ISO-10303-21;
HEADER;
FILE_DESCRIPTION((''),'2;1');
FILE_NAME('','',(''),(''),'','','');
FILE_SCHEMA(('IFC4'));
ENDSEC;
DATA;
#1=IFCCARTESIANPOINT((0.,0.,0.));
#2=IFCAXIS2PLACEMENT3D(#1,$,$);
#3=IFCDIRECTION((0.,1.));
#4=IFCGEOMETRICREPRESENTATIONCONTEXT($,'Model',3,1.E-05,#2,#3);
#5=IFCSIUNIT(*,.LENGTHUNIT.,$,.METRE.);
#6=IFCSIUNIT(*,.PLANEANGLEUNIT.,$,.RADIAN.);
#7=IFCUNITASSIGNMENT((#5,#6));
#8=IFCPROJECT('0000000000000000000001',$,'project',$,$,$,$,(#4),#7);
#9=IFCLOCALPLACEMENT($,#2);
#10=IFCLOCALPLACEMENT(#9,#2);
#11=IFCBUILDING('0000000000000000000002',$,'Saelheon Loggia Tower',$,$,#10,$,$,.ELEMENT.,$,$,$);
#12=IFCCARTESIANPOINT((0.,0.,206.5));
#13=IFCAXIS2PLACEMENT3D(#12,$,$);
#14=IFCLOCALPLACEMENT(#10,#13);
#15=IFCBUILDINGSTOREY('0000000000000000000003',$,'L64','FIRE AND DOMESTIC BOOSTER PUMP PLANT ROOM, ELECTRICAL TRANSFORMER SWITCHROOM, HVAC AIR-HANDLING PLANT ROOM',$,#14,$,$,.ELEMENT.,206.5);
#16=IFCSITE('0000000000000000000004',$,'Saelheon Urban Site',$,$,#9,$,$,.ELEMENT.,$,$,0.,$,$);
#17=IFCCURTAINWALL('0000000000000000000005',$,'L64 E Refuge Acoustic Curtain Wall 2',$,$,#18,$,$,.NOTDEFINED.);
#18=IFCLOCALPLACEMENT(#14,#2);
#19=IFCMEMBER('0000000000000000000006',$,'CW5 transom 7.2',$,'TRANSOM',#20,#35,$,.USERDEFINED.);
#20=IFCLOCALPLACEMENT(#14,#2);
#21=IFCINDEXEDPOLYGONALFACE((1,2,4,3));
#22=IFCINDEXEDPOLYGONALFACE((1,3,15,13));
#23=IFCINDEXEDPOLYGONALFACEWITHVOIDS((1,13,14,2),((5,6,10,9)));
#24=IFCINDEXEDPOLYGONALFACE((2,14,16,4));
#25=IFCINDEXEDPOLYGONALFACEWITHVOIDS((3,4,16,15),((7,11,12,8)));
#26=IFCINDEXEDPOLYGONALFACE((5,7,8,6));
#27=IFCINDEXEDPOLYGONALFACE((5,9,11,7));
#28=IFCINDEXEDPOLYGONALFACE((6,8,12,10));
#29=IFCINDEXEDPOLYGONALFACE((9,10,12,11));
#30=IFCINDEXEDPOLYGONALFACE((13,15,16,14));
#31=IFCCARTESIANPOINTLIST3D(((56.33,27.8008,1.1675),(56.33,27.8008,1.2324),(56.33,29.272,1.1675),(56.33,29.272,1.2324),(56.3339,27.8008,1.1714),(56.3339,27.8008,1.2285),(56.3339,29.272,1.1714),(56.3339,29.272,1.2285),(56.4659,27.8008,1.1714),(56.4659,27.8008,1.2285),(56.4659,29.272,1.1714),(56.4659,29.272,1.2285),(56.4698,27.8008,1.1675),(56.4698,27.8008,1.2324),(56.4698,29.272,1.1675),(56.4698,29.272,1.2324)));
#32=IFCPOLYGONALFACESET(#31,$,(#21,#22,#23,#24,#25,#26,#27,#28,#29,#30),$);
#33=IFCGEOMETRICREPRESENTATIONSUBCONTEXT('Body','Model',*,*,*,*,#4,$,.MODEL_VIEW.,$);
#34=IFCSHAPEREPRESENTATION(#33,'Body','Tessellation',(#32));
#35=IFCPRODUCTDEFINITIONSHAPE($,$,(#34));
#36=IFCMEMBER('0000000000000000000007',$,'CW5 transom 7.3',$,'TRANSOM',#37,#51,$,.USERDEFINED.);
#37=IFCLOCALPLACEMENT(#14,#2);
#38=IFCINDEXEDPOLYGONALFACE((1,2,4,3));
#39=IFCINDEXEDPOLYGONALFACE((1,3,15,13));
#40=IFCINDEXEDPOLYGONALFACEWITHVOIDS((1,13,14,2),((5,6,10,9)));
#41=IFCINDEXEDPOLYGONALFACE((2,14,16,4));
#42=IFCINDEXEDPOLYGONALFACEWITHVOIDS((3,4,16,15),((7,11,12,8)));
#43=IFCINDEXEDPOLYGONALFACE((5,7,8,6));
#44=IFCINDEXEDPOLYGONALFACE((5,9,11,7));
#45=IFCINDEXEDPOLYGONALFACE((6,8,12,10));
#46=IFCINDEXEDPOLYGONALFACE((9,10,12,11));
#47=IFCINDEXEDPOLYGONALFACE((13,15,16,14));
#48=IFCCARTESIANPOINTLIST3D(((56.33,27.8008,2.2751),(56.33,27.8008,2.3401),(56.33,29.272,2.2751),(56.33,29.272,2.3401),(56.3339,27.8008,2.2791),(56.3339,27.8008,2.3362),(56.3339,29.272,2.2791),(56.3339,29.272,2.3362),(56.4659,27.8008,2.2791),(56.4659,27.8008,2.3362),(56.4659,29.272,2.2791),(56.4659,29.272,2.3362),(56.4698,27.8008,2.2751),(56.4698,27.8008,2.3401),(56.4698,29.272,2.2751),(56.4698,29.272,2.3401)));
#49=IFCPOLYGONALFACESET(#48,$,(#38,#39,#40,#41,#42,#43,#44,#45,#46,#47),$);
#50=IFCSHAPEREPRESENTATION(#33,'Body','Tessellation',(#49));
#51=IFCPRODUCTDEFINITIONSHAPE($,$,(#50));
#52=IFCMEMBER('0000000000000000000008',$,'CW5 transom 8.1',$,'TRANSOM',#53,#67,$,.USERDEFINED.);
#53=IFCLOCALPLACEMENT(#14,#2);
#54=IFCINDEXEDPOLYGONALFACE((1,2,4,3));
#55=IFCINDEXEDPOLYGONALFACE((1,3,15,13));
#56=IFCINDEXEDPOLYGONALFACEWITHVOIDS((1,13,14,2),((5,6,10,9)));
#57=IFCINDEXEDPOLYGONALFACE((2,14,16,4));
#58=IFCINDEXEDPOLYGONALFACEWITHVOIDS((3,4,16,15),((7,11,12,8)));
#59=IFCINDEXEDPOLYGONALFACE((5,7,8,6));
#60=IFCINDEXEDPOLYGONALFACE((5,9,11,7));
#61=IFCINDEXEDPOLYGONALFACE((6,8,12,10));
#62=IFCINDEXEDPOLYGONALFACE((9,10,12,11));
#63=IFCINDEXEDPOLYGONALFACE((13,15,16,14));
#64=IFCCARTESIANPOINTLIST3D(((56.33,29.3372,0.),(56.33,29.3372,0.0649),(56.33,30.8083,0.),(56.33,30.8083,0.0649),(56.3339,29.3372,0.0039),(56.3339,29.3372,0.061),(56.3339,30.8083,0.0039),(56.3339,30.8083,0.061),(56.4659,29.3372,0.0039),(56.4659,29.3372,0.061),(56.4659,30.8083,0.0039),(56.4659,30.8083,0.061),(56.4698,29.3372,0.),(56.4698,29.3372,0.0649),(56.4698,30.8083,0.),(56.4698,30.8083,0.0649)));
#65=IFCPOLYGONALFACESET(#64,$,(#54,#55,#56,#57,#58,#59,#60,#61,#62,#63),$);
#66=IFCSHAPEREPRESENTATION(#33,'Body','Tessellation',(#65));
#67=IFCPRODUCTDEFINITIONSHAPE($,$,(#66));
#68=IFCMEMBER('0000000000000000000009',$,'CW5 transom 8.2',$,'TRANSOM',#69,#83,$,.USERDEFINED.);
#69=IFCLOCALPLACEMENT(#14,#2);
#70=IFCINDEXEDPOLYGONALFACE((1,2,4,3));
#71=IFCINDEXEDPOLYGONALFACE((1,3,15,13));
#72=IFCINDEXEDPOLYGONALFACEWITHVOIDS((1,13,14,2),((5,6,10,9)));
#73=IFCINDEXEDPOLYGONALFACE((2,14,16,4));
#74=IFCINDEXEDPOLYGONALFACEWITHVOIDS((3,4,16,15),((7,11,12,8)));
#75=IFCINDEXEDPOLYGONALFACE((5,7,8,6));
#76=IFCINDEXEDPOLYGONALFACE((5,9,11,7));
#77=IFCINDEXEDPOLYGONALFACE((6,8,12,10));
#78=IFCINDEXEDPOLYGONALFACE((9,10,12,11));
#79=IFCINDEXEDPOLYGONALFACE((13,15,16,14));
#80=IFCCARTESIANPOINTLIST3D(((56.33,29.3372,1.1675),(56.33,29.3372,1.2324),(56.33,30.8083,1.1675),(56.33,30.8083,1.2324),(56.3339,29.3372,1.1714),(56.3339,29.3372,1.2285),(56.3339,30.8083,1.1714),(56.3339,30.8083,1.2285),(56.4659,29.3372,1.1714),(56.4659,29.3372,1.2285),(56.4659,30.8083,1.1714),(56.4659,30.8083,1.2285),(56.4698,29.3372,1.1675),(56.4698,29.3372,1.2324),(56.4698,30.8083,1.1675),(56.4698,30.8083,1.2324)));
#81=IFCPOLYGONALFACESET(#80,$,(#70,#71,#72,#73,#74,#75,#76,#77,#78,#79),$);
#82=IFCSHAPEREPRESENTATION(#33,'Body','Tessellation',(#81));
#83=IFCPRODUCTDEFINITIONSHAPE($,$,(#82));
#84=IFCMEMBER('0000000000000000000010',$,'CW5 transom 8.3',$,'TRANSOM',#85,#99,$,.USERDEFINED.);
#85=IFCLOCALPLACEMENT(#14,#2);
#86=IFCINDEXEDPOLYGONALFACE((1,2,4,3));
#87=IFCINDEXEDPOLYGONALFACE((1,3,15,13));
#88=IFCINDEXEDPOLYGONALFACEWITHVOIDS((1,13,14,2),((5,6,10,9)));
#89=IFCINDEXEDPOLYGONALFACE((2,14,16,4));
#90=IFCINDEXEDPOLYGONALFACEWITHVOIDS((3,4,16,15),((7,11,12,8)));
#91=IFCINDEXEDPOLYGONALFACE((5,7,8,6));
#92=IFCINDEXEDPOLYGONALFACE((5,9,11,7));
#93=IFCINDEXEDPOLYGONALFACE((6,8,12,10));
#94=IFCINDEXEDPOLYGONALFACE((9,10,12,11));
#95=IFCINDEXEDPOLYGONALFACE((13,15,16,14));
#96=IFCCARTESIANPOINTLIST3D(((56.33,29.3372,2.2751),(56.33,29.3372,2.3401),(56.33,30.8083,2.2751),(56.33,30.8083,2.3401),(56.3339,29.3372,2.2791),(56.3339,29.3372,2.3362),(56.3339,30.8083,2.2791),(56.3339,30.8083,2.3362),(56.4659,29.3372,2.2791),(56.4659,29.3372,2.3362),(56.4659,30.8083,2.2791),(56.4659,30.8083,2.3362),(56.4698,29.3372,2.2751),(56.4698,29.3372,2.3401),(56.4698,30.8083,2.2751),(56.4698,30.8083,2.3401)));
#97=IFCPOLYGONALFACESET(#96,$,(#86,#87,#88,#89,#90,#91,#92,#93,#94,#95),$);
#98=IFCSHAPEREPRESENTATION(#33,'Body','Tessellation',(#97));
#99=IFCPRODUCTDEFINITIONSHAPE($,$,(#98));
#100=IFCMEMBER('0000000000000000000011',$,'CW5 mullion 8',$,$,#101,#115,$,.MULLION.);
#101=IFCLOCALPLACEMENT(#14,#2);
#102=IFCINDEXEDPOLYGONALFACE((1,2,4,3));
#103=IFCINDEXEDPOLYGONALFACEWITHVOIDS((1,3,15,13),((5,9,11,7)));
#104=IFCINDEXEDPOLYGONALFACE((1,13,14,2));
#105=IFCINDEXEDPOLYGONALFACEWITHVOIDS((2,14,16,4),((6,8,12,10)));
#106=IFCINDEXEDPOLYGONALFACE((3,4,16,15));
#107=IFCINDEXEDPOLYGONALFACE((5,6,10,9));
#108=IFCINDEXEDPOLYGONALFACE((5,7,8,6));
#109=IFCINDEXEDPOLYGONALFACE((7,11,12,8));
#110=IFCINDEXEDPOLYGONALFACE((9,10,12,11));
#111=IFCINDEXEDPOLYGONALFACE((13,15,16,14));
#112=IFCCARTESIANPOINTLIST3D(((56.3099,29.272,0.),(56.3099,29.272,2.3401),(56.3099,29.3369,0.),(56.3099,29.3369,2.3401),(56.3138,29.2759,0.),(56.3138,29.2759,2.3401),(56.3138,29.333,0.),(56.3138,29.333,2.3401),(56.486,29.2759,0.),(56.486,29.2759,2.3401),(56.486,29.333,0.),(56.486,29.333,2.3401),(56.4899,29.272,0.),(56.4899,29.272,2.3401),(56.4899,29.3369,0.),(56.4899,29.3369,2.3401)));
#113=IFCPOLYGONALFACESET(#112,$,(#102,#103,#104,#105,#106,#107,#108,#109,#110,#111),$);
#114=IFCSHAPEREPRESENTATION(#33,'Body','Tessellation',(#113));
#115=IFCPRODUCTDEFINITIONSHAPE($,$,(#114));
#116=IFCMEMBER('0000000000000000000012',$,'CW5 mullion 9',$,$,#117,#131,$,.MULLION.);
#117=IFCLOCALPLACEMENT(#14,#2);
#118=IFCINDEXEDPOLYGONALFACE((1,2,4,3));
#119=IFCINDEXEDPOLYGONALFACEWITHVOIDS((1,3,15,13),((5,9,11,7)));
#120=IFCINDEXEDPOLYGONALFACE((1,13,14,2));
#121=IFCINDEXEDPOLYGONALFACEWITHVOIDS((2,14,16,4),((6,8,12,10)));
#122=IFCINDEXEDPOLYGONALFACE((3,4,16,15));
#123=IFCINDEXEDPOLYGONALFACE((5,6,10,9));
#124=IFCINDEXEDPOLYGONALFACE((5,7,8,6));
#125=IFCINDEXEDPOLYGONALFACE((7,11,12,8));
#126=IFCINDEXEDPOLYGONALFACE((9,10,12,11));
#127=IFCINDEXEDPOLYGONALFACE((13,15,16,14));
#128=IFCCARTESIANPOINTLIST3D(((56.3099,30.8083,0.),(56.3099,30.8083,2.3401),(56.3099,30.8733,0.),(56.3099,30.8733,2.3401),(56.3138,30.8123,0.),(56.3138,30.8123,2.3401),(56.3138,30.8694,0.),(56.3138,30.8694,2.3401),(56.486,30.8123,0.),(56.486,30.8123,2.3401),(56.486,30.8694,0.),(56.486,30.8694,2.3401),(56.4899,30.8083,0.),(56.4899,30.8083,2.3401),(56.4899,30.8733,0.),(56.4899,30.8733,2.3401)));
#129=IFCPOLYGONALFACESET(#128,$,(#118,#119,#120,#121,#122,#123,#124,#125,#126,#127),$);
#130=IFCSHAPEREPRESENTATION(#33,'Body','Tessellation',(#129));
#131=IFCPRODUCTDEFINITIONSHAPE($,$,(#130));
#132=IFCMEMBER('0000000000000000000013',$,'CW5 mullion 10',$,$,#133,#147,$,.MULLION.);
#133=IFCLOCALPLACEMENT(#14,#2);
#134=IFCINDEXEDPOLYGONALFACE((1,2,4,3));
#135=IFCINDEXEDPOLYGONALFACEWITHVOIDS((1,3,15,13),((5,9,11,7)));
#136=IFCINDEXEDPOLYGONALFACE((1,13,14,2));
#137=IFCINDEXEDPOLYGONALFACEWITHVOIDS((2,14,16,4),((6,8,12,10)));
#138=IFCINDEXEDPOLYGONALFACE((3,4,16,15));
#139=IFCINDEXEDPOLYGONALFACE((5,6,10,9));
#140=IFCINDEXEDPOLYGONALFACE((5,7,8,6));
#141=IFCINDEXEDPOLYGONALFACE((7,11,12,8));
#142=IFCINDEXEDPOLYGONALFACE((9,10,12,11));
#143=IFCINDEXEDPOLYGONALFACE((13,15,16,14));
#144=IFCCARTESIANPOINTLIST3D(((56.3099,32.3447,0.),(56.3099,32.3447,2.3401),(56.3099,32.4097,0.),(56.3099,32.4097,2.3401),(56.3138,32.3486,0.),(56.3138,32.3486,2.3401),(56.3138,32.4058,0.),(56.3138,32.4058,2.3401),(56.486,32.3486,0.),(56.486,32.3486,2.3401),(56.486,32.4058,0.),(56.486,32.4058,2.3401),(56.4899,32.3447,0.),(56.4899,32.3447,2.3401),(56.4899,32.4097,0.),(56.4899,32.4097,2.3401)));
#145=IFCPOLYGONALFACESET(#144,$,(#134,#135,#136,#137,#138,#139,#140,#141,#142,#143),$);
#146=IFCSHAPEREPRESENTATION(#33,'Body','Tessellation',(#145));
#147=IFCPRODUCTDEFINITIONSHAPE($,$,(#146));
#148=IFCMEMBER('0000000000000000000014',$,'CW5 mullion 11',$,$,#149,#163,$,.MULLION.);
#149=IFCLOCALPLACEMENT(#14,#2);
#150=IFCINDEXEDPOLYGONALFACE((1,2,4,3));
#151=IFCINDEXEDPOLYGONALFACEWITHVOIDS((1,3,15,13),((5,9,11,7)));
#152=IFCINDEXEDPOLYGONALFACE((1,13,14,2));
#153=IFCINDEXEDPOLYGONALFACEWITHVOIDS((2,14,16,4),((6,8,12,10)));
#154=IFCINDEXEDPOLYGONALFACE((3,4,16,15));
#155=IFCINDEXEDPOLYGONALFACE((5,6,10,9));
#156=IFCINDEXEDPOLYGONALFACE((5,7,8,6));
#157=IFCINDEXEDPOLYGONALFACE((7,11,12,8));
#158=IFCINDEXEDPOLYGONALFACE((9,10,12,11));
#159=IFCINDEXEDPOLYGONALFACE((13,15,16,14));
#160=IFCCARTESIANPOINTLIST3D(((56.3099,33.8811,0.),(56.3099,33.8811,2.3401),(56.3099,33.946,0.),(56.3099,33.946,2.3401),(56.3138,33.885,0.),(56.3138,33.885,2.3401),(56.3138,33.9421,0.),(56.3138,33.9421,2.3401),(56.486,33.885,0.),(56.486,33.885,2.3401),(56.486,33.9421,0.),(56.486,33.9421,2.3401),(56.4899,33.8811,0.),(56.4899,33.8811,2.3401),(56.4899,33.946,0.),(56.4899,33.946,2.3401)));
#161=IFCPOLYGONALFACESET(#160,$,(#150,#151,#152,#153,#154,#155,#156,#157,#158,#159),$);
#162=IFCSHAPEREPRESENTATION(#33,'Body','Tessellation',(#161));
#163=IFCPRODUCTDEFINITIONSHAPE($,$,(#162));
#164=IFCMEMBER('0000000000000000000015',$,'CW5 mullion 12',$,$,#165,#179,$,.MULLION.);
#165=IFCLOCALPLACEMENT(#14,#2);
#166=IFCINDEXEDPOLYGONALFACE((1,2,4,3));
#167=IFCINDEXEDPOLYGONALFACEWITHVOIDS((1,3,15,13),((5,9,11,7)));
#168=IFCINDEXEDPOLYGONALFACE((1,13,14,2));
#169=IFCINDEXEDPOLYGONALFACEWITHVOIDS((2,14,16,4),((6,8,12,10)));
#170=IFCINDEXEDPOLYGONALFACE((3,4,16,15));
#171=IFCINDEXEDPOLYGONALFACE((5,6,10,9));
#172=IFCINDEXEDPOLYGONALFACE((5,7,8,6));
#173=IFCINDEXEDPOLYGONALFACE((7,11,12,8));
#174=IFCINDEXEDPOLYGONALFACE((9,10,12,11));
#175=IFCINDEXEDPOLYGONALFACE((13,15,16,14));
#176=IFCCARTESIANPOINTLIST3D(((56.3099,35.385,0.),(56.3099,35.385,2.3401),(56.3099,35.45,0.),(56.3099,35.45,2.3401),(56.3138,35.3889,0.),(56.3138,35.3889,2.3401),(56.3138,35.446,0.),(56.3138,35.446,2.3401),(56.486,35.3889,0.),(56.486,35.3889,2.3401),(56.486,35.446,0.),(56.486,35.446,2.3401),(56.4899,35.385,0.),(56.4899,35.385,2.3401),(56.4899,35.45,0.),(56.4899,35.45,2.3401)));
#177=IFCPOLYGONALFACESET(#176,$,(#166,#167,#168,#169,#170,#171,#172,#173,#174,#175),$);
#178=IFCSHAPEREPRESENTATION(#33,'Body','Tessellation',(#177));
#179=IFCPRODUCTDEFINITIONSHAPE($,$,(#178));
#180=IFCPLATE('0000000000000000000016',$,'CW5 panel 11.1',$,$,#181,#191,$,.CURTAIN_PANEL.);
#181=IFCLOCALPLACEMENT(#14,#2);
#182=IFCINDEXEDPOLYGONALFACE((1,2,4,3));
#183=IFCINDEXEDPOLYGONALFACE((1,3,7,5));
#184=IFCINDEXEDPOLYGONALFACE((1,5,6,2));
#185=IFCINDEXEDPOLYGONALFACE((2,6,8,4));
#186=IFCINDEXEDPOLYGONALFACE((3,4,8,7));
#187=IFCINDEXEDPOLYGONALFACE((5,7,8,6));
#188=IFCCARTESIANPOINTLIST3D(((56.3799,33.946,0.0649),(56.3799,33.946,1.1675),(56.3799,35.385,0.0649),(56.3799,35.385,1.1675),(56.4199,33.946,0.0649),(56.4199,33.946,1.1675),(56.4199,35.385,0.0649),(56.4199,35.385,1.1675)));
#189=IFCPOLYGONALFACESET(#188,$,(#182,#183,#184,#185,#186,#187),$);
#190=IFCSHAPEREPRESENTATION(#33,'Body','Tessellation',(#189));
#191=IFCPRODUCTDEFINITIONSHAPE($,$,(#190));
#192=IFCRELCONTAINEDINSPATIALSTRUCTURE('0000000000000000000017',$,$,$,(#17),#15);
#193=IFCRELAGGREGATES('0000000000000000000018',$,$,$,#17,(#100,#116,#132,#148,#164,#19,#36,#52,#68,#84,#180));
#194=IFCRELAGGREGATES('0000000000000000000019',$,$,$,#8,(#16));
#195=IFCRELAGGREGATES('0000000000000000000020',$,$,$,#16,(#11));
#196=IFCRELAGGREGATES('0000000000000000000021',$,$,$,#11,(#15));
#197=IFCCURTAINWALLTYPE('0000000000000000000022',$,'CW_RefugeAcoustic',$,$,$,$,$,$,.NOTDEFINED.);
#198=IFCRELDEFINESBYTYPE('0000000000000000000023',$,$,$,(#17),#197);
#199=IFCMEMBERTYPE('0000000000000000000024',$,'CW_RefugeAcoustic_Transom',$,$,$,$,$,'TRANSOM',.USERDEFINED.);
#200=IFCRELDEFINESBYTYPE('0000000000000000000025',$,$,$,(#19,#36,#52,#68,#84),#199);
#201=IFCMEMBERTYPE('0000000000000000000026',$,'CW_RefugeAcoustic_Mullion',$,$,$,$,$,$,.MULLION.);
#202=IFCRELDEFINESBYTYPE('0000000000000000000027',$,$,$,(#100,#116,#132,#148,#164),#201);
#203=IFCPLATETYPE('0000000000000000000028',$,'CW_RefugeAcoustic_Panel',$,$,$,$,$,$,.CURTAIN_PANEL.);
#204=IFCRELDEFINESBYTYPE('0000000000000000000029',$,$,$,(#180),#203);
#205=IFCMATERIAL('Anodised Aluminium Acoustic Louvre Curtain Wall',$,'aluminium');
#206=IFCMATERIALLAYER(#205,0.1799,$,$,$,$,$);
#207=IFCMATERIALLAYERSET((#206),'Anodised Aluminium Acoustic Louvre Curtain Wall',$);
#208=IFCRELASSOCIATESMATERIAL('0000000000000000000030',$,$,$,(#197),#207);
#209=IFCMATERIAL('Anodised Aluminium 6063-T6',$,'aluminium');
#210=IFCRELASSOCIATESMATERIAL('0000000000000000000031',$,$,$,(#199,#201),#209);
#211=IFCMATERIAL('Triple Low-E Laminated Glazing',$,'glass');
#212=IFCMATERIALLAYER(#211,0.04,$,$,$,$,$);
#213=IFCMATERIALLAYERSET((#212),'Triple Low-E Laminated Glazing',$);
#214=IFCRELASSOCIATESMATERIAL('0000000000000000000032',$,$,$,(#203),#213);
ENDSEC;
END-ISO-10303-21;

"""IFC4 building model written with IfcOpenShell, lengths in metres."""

from ifc_helpers import new_model, si_unit, direction, frame, origin, origin_2d, place, context, subcontext, project, spatial, rectangle, hollow_rectangle, extrude, source, transform, mapped, material, layer, layer_set, material_profile, profile_set, type_object, element, aggregate, save


model = new_model("IFC4")

# Units and contexts
model_context = context("Model", 3, precision=1e-05, world=origin(), true_north=direction((0.0, 1.0)))
body_context = subcontext(model_context, "Body", "Model", "MODEL_VIEW")
ifc_project = project(units=[si_unit("LENGTHUNIT", "METRE"), si_unit("PLANEANGLEUNIT", "RADIAN")], contexts=[model_context])

# Site, building, storey
site_placement = place(None, origin())
site = spatial("IfcSite", under=ifc_project, at=site_placement, Name="Saelheon Urban Site", CompositionType="ELEMENT", RefElevation=0.0)
building_placement = place(site_placement, origin())
building = spatial("IfcBuilding", under=site, at=building_placement, Name="Saelheon Loggia Tower", CompositionType="ELEMENT")
storey_placement = place(building_placement, frame((0.0, 0.0, 206.5)))
storey = spatial("IfcBuildingStorey", under=building, at=storey_placement, Name="L64", Description="FIRE AND DOMESTIC BOOSTER PUMP PLANT ROOM, ELECTRICAL TRANSFORMER SWITCHROOM, HVAC AIR-HANDLING PLANT ROOM", CompositionType="ELEMENT", Elevation=206.5)

# Curtain wall, members, plate
ifc_material_1 = material(Name="Anodised Aluminium Acoustic Louvre Curtain Wall", Category="aluminium")
ifc_layer_1 = layer(ifc_material_1, 0.1799)
ifc_layer_set_1 = layer_set([ifc_layer_1], Name="Anodised Aluminium Acoustic Louvre Curtain Wall")
curtain_wall_type = type_object("IfcCurtainWallType", Name="CW_RefugeAcoustic", PredefinedType="NOTDEFINED", material=ifc_layer_set_1)
curtain_wall_placement = place(storey_placement, origin())
curtain_wall = element("IfcCurtainWall", 1, at=curtain_wall_placement, inside=storey, type_object=curtain_wall_type, Name="L64 E Refuge Acoustic Curtain Wall 2", PredefinedType="NOTDEFINED")
ifc_material_2 = material(Name="Anodised Aluminium 6063-T6", Category="aluminium")
ifc_material_profile_1 = material_profile(ifc_material_2, hollow_rectangle(XDim=0.0649, YDim=0.1399, WallThickness=0.0039, at=origin_2d()), Name="RHS-140x65x4")
ifc_profile_set_1 = profile_set([ifc_material_profile_1], Name="Anodised Aluminium 6063-T6")
member_type_1 = type_object("IfcMemberType", Name="CW_RefugeAcoustic_Transom", ElementType="TRANSOM", PredefinedType="USERDEFINED", material=ifc_profile_set_1)
shared_shape_1 = source(origin(), body_context, "Body", "SweptSolid", [
    extrude(hollow_rectangle(XDim=0.0649, YDim=0.1399, WallThickness=0.0039, at=origin_2d()), origin(), (0.0, 0.0, 1.0), 1.4712),
])
member_1_placement = place(storey_placement, frame((56.3999, 27.8008, 1.2), z_axis=(0.0, 1.0, 0.0), x_axis=(0.0, 0.0, 1.0)))
member_1 = element("IfcMember", 2, at=member_1_placement, type_object=member_type_1, Name="CW5 transom 7.2", ObjectType="TRANSOM", PredefinedType="USERDEFINED", context=body_context, shape_type="MappedRepresentation", body=[
    mapped(shared_shape_1, transform((0.0, 0.0, 0.0), scale=1.0)),
])
member_2_placement = place(storey_placement, frame((56.3999, 27.8008, 2.3076), z_axis=(0.0, 1.0, 0.0), x_axis=(0.0, 0.0, 1.0)))
member_2 = element("IfcMember", 3, at=member_2_placement, type_object=member_type_1, Name="CW5 transom 7.3", ObjectType="TRANSOM", PredefinedType="USERDEFINED", context=body_context, shape_type="MappedRepresentation", body=[
    mapped(shared_shape_1, transform((0.0, 0.0, 0.0), scale=1.0)),
])
member_3_placement = place(storey_placement, frame((56.3999, 29.3372, 0.0325), z_axis=(0.0, 1.0, 0.0), x_axis=(0.0, 0.0, 1.0)))
member_3 = element("IfcMember", 4, at=member_3_placement, type_object=member_type_1, Name="CW5 transom 8.1", ObjectType="TRANSOM", PredefinedType="USERDEFINED", context=body_context, shape_type="MappedRepresentation", body=[
    mapped(shared_shape_1, transform((0.0, 0.0, 0.0), scale=1.0)),
])
member_4_placement = place(storey_placement, frame((56.3999, 29.3372, 1.2), z_axis=(0.0, 1.0, 0.0), x_axis=(0.0, 0.0, 1.0)))
member_4 = element("IfcMember", 5, at=member_4_placement, type_object=member_type_1, Name="CW5 transom 8.2", ObjectType="TRANSOM", PredefinedType="USERDEFINED", context=body_context, shape_type="MappedRepresentation", body=[
    mapped(shared_shape_1, transform((0.0, 0.0, 0.0), scale=1.0)),
])
member_5_placement = place(storey_placement, frame((56.3999, 29.3372, 2.3076), z_axis=(0.0, 1.0, 0.0), x_axis=(0.0, 0.0, 1.0)))
member_5 = element("IfcMember", 6, at=member_5_placement, type_object=member_type_1, Name="CW5 transom 8.3", ObjectType="TRANSOM", PredefinedType="USERDEFINED", context=body_context, shape_type="MappedRepresentation", body=[
    mapped(shared_shape_1, transform((0.0, 0.0, 0.0), scale=1.0)),
])
ifc_material_profile_2 = material_profile(ifc_material_2, hollow_rectangle(XDim=0.0649, YDim=0.1799, WallThickness=0.0039, at=origin_2d()), Name="RHS-180x65x4")
ifc_profile_set_2 = profile_set([ifc_material_profile_2], Name="Anodised Aluminium 6063-T6")
member_type_2 = type_object("IfcMemberType", Name="CW_RefugeAcoustic_Mullion", PredefinedType="MULLION", material=ifc_profile_set_2)
shared_shape_2 = source(origin(), body_context, "Body", "SweptSolid", [
    extrude(hollow_rectangle(XDim=0.0649, YDim=0.1799, WallThickness=0.0039, at=origin_2d()), origin(), (0.0, 0.0, 1.0), 2.3401),
])
member_6_placement = place(storey_placement, frame((56.3999, 29.3044, 0.0), z_axis=(0.0, 0.0, 1.0), x_axis=(0.0, 1.0, 0.0)))
member_6 = element("IfcMember", 7, at=member_6_placement, type_object=member_type_2, Name="CW5 mullion 8", PredefinedType="MULLION", context=body_context, shape_type="MappedRepresentation", body=[
    mapped(shared_shape_2, transform((0.0, 0.0, 0.0), scale=1.0)),
])
member_7_placement = place(storey_placement, frame((56.3999, 30.8408, 0.0), z_axis=(0.0, 0.0, 1.0), x_axis=(0.0, 1.0, 0.0)))
member_7 = element("IfcMember", 8, at=member_7_placement, type_object=member_type_2, Name="CW5 mullion 9", PredefinedType="MULLION", context=body_context, shape_type="MappedRepresentation", body=[
    mapped(shared_shape_2, transform((0.0, 0.0, 0.0), scale=1.0)),
])
member_8_placement = place(storey_placement, frame((56.3999, 32.3772, 0.0), z_axis=(0.0, 0.0, 1.0), x_axis=(0.0, 1.0, 0.0)))
member_8 = element("IfcMember", 9, at=member_8_placement, type_object=member_type_2, Name="CW5 mullion 10", PredefinedType="MULLION", context=body_context, shape_type="MappedRepresentation", body=[
    mapped(shared_shape_2, transform((0.0, 0.0, 0.0), scale=1.0)),
])
member_9_placement = place(storey_placement, frame((56.3999, 33.9136, 0.0), z_axis=(0.0, 0.0, 1.0), x_axis=(0.0, 1.0, 0.0)))
member_9 = element("IfcMember", 10, at=member_9_placement, type_object=member_type_2, Name="CW5 mullion 11", PredefinedType="MULLION", context=body_context, shape_type="MappedRepresentation", body=[
    mapped(shared_shape_2, transform((0.0, 0.0, 0.0), scale=1.0)),
])
member_10_placement = place(storey_placement, frame((56.3999, 35.4175, 0.0), z_axis=(0.0, 0.0, 1.0), x_axis=(0.0, 1.0, 0.0)))
member_10 = element("IfcMember", 11, at=member_10_placement, type_object=member_type_2, Name="CW5 mullion 12", PredefinedType="MULLION", context=body_context, shape_type="MappedRepresentation", body=[
    mapped(shared_shape_2, transform((0.0, 0.0, 0.0), scale=1.0)),
])
ifc_material_3 = material(Name="Triple Low-E Laminated Glazing", Category="glass")
ifc_layer_2 = layer(ifc_material_3, 0.04)
ifc_layer_set_2 = layer_set([ifc_layer_2], Name="Triple Low-E Laminated Glazing")
plate_type = type_object("IfcPlateType", Name="CW_RefugeAcoustic_Panel", PredefinedType="CURTAIN_PANEL", material=ifc_layer_set_2)
shared_shape_3 = source(origin(), body_context, "Body", "SweptSolid", [
    extrude(rectangle(XDim=1.439, YDim=0.04, at=origin_2d()), origin(), (0.0, 0.0, 1.0), 1.1025),
])
plate_1_placement = place(storey_placement, frame((56.3999, 34.6655, 0.0649), z_axis=(0.0, 0.0, 1.0), x_axis=(0.0, 1.0, 0.0)))
plate_1 = element("IfcPlate", 12, at=plate_1_placement, type_object=plate_type, Name="CW5 panel 11.1", PredefinedType="CURTAIN_PANEL", context=body_context, shape_type="MappedRepresentation", body=[
    mapped(shared_shape_3, transform((0.0, 0.0, 0.0), scale=1.0)),
])
aggregate(curtain_wall, [member_6, member_7, member_8, member_9, member_10, member_1, member_2, member_3, member_4, member_5, plate_1])

save(model, "model.ifc")
